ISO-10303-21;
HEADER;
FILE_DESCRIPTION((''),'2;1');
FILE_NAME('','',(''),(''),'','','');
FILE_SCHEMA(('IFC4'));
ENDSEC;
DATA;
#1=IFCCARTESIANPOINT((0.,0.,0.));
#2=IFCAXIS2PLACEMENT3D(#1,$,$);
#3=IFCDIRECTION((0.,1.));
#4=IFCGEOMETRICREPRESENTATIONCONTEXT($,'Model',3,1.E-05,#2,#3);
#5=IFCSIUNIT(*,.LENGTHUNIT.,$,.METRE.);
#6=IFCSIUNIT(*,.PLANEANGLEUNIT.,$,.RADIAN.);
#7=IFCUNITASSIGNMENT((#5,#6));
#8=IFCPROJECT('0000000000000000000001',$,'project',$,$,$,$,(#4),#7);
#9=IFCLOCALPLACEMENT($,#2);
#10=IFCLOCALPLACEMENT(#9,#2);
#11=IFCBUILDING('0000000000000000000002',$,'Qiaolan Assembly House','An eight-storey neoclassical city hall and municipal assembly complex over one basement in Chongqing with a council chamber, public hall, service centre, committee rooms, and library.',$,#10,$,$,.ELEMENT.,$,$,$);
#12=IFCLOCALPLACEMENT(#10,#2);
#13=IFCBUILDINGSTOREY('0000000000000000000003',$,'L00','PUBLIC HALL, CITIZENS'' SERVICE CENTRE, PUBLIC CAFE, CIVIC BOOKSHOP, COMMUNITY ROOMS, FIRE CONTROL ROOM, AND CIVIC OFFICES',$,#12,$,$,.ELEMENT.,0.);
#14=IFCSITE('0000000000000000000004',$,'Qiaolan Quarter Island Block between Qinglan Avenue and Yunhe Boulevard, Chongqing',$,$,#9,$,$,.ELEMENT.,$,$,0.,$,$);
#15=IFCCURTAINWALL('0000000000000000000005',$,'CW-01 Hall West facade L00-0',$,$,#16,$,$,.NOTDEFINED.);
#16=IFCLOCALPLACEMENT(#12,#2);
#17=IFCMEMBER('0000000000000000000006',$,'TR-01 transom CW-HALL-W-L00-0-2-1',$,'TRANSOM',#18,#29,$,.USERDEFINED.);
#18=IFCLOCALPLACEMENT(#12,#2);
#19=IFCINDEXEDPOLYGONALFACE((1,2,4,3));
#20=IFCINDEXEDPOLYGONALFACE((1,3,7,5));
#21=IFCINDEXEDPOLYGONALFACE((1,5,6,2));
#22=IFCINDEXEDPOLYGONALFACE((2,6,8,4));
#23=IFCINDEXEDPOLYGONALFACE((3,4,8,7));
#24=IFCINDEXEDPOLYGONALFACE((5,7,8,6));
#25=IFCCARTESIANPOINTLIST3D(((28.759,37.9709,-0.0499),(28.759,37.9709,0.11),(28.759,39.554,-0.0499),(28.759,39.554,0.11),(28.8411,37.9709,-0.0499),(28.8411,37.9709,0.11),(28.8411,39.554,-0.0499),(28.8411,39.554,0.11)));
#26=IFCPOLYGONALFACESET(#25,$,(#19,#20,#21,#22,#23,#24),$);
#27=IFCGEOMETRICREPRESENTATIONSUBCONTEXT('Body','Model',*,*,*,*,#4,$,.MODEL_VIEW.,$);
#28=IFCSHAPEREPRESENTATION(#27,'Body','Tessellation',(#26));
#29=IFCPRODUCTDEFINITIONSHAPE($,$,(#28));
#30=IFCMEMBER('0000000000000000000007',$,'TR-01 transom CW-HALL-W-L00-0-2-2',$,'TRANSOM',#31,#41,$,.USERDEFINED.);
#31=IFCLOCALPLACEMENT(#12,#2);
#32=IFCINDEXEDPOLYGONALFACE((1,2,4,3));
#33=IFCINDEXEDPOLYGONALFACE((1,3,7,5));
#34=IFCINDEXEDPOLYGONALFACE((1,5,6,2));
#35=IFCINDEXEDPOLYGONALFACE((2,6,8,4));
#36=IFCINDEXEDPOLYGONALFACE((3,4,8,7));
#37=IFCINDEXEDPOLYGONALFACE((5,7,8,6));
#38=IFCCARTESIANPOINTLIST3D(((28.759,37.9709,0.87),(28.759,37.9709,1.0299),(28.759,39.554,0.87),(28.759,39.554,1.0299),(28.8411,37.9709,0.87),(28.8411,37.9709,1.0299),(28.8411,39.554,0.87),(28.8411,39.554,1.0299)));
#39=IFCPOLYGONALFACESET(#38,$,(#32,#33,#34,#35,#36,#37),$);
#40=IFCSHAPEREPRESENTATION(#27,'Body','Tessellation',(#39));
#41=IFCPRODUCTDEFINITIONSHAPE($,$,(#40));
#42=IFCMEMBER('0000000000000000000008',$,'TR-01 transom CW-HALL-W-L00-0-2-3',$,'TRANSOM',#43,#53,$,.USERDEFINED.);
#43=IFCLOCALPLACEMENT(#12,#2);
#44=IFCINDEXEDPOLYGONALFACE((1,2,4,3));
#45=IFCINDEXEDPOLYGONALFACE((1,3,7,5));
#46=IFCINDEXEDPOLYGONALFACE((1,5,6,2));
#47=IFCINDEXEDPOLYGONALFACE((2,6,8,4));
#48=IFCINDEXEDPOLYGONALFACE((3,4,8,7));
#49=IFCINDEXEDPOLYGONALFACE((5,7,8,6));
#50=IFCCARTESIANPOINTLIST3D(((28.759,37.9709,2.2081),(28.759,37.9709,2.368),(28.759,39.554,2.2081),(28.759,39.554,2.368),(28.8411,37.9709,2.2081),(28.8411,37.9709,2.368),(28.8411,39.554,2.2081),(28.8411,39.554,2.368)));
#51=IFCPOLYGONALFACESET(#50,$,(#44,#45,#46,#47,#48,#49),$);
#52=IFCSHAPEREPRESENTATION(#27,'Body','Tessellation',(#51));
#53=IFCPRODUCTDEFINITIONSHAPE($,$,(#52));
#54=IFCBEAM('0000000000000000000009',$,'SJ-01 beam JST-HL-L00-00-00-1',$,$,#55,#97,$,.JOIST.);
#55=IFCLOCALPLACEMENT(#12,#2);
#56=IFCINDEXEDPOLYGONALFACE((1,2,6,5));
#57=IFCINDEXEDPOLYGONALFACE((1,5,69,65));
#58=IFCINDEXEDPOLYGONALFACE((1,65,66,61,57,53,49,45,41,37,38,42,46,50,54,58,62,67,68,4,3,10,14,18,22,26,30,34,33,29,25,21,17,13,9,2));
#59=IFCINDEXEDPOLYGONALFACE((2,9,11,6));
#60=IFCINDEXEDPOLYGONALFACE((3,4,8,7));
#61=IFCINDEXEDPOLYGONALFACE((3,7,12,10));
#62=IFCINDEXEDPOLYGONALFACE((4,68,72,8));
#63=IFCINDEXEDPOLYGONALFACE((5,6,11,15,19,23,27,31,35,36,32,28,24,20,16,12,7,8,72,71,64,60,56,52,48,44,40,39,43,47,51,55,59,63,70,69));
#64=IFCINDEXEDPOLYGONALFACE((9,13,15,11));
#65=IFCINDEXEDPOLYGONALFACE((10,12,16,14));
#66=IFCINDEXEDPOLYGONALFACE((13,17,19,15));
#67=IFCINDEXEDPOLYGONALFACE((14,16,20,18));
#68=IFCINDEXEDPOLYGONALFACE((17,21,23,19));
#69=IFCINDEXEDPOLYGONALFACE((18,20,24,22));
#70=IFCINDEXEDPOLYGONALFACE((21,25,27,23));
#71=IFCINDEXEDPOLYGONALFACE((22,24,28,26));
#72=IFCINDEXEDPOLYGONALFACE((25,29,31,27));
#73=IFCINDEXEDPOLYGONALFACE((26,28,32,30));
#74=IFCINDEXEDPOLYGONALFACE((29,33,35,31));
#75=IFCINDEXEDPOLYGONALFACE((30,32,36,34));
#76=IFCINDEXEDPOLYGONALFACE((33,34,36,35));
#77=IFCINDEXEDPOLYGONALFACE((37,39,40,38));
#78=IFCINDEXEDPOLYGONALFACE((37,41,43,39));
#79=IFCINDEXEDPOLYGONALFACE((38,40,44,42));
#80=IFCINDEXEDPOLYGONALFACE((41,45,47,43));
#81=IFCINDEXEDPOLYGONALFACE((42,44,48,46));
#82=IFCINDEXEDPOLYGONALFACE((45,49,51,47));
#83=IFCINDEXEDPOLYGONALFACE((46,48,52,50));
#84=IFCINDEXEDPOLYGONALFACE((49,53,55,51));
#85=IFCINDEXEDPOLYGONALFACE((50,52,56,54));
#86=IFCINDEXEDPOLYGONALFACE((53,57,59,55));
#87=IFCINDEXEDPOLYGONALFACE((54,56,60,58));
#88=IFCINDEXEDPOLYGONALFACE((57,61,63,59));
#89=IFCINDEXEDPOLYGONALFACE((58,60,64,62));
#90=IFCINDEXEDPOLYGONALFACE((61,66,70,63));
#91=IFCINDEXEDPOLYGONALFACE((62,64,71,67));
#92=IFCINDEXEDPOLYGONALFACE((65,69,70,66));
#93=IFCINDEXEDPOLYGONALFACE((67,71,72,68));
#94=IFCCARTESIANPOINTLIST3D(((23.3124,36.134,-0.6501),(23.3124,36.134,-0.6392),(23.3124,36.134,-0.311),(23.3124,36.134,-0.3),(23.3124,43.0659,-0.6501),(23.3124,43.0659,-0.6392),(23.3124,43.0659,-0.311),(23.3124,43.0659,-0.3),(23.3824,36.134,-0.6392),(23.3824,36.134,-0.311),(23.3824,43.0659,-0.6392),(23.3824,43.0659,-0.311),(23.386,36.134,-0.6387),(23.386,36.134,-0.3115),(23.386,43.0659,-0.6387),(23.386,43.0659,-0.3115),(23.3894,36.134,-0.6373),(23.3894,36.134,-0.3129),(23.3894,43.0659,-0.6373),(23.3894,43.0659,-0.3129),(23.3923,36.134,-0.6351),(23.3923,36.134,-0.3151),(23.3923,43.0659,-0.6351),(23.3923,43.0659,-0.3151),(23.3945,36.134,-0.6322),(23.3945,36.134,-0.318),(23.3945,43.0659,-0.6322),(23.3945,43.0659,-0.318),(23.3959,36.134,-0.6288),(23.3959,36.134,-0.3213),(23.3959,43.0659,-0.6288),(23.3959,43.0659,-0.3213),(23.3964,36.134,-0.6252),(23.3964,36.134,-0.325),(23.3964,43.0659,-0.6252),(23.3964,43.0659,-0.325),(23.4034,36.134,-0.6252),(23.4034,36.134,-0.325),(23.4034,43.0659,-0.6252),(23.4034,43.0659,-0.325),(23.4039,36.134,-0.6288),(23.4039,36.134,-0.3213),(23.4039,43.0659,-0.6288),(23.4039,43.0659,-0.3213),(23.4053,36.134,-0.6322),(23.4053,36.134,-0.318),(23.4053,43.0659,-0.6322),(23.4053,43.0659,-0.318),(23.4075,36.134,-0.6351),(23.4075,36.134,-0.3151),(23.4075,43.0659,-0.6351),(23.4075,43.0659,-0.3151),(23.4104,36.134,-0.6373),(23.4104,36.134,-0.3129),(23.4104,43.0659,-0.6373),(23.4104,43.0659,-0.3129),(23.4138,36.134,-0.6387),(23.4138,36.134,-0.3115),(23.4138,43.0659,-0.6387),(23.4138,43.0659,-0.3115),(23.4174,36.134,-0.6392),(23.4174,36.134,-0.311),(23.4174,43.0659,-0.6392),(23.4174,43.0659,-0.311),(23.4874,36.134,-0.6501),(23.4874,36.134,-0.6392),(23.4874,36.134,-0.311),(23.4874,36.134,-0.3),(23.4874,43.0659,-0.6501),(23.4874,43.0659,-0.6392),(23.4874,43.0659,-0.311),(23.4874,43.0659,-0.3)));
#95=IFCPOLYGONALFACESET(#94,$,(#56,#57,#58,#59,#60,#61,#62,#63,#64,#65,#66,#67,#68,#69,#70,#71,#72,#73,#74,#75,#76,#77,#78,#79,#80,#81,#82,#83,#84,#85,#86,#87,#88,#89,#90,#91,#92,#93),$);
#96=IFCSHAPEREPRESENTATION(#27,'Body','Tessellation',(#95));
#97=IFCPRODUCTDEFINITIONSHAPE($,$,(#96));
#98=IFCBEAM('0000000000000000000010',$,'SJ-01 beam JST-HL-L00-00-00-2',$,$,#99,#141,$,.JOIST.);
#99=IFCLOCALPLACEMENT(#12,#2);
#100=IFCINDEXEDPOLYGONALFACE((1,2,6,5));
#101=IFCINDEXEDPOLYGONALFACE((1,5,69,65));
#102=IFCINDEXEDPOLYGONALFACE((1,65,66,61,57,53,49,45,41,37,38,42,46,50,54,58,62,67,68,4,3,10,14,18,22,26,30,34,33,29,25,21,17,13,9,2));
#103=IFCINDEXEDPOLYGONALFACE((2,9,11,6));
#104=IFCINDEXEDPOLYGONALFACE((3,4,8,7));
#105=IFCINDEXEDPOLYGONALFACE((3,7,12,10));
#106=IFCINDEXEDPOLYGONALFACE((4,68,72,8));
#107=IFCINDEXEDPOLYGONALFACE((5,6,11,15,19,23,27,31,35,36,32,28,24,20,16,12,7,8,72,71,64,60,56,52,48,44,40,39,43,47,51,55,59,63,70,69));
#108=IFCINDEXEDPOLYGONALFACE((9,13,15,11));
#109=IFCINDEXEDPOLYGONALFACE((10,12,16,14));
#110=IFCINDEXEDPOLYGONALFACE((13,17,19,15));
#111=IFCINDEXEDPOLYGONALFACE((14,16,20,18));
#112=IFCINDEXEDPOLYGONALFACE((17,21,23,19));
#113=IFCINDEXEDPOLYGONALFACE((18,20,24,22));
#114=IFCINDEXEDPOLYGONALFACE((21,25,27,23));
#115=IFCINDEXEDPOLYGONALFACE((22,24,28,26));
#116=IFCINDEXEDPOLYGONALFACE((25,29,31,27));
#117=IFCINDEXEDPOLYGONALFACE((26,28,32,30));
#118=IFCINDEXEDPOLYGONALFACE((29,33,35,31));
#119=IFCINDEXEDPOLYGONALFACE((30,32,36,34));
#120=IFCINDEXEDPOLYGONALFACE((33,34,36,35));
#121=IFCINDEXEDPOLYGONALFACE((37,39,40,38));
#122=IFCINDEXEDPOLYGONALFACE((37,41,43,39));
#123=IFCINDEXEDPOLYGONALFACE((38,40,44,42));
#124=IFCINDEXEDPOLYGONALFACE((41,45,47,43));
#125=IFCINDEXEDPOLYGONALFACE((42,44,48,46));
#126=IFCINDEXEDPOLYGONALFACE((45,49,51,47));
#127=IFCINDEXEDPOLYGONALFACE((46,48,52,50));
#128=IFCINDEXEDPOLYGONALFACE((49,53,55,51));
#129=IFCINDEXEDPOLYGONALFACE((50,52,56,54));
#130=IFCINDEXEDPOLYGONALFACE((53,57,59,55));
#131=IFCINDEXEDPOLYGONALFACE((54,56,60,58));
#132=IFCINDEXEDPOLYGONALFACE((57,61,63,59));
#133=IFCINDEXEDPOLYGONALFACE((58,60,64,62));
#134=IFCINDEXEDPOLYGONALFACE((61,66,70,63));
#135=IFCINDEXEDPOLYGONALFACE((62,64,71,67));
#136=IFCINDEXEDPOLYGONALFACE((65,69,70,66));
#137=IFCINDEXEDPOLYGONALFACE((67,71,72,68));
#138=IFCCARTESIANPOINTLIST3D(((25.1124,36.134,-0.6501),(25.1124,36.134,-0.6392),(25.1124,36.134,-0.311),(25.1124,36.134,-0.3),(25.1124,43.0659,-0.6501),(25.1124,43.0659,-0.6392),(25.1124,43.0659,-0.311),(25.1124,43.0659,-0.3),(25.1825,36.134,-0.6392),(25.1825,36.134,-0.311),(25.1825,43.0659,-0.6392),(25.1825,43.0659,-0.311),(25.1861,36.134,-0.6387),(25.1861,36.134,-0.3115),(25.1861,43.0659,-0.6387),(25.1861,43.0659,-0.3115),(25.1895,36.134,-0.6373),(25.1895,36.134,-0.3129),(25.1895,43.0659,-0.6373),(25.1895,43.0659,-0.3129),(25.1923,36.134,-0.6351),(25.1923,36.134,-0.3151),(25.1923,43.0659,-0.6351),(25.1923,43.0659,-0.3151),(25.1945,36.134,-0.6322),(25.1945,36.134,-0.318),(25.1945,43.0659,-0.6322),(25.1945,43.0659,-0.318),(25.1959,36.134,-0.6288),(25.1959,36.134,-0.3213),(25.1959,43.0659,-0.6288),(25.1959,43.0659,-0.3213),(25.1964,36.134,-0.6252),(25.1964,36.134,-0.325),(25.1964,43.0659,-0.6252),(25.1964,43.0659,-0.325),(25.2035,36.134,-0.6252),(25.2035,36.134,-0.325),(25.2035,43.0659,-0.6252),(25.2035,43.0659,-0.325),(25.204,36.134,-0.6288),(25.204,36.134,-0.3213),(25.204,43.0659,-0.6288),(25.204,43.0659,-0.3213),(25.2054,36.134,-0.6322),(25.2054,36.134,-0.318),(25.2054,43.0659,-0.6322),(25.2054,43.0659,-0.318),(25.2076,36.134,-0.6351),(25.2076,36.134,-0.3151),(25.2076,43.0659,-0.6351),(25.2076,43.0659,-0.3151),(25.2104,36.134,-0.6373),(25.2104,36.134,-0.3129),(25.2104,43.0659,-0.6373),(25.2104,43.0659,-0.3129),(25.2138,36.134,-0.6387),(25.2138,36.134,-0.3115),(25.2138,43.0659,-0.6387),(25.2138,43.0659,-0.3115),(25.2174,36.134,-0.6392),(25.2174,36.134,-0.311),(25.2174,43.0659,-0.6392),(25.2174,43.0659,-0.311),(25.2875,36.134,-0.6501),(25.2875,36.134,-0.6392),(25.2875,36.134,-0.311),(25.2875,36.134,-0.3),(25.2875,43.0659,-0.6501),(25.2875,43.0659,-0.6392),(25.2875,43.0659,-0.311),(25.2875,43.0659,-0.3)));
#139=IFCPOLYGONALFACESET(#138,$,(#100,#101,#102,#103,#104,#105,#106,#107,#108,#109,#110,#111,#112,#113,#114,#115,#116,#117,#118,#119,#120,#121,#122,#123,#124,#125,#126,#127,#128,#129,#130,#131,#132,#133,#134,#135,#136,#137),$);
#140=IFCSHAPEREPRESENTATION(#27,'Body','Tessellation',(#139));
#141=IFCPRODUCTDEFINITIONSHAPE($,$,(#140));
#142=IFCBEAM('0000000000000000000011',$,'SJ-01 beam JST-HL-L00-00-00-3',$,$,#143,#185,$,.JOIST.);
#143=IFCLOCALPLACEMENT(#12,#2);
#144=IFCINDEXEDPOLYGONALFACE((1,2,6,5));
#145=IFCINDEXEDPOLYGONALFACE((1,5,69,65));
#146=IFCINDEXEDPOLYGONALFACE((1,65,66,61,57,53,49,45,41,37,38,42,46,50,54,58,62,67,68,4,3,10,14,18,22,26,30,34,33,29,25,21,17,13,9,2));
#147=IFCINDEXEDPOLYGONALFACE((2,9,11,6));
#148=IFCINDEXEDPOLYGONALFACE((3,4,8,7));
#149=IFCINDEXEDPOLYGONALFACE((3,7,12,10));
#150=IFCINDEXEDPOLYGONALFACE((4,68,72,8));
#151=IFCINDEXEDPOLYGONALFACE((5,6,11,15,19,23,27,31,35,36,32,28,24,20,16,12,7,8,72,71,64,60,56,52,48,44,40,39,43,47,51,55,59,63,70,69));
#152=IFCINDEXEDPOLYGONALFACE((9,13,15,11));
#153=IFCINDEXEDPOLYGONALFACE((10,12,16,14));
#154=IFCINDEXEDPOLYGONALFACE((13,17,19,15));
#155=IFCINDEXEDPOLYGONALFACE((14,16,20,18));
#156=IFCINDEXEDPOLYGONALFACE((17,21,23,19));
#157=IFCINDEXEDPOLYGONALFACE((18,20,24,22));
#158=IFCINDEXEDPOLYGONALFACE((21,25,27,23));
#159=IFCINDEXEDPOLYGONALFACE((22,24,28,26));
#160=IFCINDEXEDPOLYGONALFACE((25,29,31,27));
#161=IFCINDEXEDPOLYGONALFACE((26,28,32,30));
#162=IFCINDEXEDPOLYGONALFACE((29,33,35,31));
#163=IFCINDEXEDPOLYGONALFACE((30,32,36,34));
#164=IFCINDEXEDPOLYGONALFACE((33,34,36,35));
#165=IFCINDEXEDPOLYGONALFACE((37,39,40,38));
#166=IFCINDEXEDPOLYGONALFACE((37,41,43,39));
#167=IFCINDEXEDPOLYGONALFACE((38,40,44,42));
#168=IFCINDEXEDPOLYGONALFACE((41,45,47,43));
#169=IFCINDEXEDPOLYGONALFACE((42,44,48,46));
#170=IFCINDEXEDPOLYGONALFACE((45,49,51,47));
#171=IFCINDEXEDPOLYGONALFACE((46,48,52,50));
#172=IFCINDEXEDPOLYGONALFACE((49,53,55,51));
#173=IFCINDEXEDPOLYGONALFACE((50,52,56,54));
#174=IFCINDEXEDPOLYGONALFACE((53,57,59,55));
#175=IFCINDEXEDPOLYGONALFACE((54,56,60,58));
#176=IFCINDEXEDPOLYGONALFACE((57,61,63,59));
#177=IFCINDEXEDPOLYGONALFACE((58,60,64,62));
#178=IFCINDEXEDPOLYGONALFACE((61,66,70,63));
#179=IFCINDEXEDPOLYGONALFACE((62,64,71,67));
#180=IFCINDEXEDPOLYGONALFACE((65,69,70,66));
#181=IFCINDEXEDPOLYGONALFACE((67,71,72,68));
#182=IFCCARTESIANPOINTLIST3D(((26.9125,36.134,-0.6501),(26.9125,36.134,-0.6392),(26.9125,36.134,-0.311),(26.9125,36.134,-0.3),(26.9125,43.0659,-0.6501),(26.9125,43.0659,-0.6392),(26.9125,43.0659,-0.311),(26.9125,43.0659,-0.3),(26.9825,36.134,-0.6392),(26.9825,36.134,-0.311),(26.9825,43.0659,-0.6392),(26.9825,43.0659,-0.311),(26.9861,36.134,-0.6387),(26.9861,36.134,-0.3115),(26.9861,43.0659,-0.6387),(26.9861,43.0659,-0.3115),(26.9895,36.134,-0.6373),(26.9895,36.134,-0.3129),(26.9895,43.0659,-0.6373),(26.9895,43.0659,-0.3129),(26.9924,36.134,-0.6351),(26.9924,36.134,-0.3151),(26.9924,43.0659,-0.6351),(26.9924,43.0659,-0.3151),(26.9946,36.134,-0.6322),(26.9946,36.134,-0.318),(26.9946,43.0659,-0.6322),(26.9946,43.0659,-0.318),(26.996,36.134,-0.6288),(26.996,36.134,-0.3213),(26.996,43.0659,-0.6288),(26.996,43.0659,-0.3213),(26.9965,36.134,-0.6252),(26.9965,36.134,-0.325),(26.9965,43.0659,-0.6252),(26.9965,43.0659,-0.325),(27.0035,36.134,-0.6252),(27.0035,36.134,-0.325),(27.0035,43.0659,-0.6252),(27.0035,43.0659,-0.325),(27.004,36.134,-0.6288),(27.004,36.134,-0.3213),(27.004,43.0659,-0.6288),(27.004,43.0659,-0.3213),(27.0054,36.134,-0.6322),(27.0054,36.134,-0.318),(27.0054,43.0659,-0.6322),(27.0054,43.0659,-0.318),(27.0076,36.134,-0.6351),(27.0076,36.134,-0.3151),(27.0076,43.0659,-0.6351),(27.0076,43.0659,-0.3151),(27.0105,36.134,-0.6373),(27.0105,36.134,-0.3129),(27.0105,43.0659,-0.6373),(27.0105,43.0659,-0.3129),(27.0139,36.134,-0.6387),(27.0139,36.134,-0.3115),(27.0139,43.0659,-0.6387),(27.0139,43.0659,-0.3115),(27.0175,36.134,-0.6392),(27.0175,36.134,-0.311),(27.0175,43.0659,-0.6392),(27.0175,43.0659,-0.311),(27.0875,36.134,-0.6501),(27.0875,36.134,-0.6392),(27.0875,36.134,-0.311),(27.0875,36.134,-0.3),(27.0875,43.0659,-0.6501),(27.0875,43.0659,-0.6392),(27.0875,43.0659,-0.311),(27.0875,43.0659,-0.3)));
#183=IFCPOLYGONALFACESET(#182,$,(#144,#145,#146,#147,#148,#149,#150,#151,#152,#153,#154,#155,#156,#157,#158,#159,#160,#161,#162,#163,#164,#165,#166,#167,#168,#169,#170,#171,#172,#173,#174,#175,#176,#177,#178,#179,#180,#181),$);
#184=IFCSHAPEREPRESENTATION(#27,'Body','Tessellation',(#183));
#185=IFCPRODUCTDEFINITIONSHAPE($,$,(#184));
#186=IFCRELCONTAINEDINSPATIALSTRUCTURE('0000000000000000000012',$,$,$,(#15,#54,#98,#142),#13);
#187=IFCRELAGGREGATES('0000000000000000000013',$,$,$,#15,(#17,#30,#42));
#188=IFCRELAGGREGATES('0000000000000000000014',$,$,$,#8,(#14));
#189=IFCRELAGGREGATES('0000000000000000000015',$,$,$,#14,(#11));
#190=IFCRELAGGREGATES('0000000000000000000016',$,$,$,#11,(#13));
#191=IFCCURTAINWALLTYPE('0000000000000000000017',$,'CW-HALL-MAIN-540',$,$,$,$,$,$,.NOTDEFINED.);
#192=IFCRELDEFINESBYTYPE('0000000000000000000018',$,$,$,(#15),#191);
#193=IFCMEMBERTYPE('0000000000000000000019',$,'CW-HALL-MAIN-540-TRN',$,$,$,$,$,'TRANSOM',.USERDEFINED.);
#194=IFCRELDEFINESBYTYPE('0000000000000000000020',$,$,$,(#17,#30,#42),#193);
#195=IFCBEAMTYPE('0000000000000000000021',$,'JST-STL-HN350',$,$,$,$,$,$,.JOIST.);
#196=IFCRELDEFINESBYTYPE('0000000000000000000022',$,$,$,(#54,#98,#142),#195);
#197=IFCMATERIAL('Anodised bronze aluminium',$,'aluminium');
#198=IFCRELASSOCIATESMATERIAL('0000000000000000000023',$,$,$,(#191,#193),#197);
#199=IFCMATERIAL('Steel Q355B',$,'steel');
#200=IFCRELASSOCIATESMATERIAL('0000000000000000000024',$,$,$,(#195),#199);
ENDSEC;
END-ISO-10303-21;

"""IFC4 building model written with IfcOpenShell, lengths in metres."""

from ifc_helpers import new_model, si_unit, direction, frame, origin, origin_2d, place, context, subcontext, project, spatial, rectangle, i_section, extrude, material, material_profile, profile_set, type_object, element, aggregate, save


model = new_model("IFC4")

# Units and contexts
model_context = context("Model", 3, precision=1e-05, world=origin(), true_north=direction((0.0, 1.0)))
body_context = subcontext(model_context, "Body", "Model", "MODEL_VIEW")
ifc_project = project(units=[si_unit("LENGTHUNIT", "METRE"), si_unit("PLANEANGLEUNIT", "RADIAN")], contexts=[model_context])

# Site, building, storey
site_placement = place(None, origin())
site = spatial("IfcSite", under=ifc_project, at=site_placement, Name="Qiaolan Quarter Island Block between Qinglan Avenue and Yunhe Boulevard, Chongqing", CompositionType="ELEMENT", RefElevation=0.0)
building_placement = place(site_placement, origin())
building = spatial("IfcBuilding", under=site, at=building_placement, Name="Qiaolan Assembly House", Description="An eight-storey neoclassical city hall and municipal assembly complex over one basement in Chongqing with a council chamber, public hall, service centre, committee rooms, and library.", CompositionType="ELEMENT")
storey_placement = place(building_placement, origin())
storey = spatial("IfcBuildingStorey", under=building, at=storey_placement, Name="L00", Description="PUBLIC HALL, CITIZENS' SERVICE CENTRE, PUBLIC CAFE, CIVIC BOOKSHOP, COMMUNITY ROOMS, FIRE CONTROL ROOM, AND CIVIC OFFICES", CompositionType="ELEMENT", Elevation=0.0)

# Shared definitions
ifc_material_1 = material(Name="Steel Q355B", Category="steel")

# Curtain wall, members
ifc_material_2 = material(Name="Anodised bronze aluminium", Category="aluminium")
curtain_wall_type = type_object("IfcCurtainWallType", Name="CW-HALL-MAIN-540", PredefinedType="NOTDEFINED", material=ifc_material_2)
curtain_wall_placement = place(storey_placement, origin())
curtain_wall = element("IfcCurtainWall", 1, at=curtain_wall_placement, inside=storey, type_object=curtain_wall_type, Name="CW-01 Hall West facade L00-0", PredefinedType="NOTDEFINED")
ifc_material_profile_1 = material_profile(ifc_material_2, rectangle(XDim=0.082, YDim=0.1599, at=origin_2d()), Name="TRN 82x160")
ifc_profile_set_1 = profile_set([ifc_material_profile_1], Name="Anodised bronze aluminium")
member_type_1 = type_object("IfcMemberType", Name="CW-HALL-MAIN-540-TRN", ElementType="TRANSOM", PredefinedType="USERDEFINED", material=ifc_profile_set_1)
member_1_placement = place(storey_placement, frame((28.8, 37.9709, 0.03), z_axis=(0.0, 1.0, 0.0), x_axis=(-1.0, 0.0, 0.0)))
member_1 = element("IfcMember", 2, at=member_1_placement, type_object=member_type_1, Name="TR-01 transom CW-HALL-W-L00-0-2-1", ObjectType="TRANSOM", PredefinedType="USERDEFINED", context=body_context, shape_type="SweptSolid", body=[
    extrude(rectangle(XDim=0.082, YDim=0.1599, at=origin_2d()), origin(), (0.0, 0.0, 1.0), 1.583),
])
member_2_placement = place(storey_placement, frame((28.8, 37.9709, 0.95), z_axis=(0.0, 1.0, 0.0), x_axis=(-1.0, 0.0, 0.0)))
member_2 = element("IfcMember", 3, at=member_2_placement, type_object=member_type_1, Name="TR-01 transom CW-HALL-W-L00-0-2-2", ObjectType="TRANSOM", PredefinedType="USERDEFINED", context=body_context, shape_type="SweptSolid", body=[
    extrude(rectangle(XDim=0.082, YDim=0.1599, at=origin_2d()), origin(), (0.0, 0.0, 1.0), 1.583),
])
member_3_placement = place(storey_placement, frame((28.8, 37.9709, 2.2881), z_axis=(0.0, 1.0, 0.0), x_axis=(-1.0, 0.0, 0.0)))
member_3 = element("IfcMember", 4, at=member_3_placement, type_object=member_type_1, Name="TR-01 transom CW-HALL-W-L00-0-2-3", ObjectType="TRANSOM", PredefinedType="USERDEFINED", context=body_context, shape_type="SweptSolid", body=[
    extrude(rectangle(XDim=0.082, YDim=0.1599, at=origin_2d()), origin(), (0.0, 0.0, 1.0), 1.583),
])

# Beams
ifc_material_profile_2 = material_profile(ifc_material_1, i_section(OverallWidth=0.175, OverallDepth=0.3501, WebThickness=0.0071, FlangeThickness=0.011, FilletRadius=0.0139, at=origin_2d()), Name="HN 350x175x7x11")
ifc_profile_set_2 = profile_set([ifc_material_profile_2], Name="Steel Q355B")
beam_type_1 = type_object("IfcBeamType", Name="JST-STL-HN350", PredefinedType="JOIST", material=ifc_profile_set_2)
for number, where, z_axis, x_axis, name in (
    (5, (23.3999, 36.134, -0.4751), (0.0, 1.0, 0.0), (-1.0, 0.0, 0.0), "SJ-01 beam JST-HL-L00-00-00-1"),
    (6, (25.2, 36.134, -0.4751), (0.0, 1.0, 0.0), (-1.0, 0.0, 0.0), "SJ-01 beam JST-HL-L00-00-00-2"),
    (7, (27.0, 36.134, -0.4751), (0.0, 1.0, 0.0), (-1.0, 0.0, 0.0), "SJ-01 beam JST-HL-L00-00-00-3"),
):
    element("IfcBeam", number, at=place(storey_placement, frame(where, z_axis=z_axis, x_axis=x_axis)), inside=storey, type_object=beam_type_1, Name=name, PredefinedType="JOIST", context=body_context, shape_type="SweptSolid", body=[
        extrude(i_section(OverallWidth=0.175, OverallDepth=0.3501, WebThickness=0.0071, FlangeThickness=0.011, FilletRadius=0.0139, at=origin_2d()), origin(), (0.0, 0.0, 1.0), 6.9319),
    ])

aggregate(curtain_wall, [member_1, member_2, member_3])

save(model, "model.ifc")
